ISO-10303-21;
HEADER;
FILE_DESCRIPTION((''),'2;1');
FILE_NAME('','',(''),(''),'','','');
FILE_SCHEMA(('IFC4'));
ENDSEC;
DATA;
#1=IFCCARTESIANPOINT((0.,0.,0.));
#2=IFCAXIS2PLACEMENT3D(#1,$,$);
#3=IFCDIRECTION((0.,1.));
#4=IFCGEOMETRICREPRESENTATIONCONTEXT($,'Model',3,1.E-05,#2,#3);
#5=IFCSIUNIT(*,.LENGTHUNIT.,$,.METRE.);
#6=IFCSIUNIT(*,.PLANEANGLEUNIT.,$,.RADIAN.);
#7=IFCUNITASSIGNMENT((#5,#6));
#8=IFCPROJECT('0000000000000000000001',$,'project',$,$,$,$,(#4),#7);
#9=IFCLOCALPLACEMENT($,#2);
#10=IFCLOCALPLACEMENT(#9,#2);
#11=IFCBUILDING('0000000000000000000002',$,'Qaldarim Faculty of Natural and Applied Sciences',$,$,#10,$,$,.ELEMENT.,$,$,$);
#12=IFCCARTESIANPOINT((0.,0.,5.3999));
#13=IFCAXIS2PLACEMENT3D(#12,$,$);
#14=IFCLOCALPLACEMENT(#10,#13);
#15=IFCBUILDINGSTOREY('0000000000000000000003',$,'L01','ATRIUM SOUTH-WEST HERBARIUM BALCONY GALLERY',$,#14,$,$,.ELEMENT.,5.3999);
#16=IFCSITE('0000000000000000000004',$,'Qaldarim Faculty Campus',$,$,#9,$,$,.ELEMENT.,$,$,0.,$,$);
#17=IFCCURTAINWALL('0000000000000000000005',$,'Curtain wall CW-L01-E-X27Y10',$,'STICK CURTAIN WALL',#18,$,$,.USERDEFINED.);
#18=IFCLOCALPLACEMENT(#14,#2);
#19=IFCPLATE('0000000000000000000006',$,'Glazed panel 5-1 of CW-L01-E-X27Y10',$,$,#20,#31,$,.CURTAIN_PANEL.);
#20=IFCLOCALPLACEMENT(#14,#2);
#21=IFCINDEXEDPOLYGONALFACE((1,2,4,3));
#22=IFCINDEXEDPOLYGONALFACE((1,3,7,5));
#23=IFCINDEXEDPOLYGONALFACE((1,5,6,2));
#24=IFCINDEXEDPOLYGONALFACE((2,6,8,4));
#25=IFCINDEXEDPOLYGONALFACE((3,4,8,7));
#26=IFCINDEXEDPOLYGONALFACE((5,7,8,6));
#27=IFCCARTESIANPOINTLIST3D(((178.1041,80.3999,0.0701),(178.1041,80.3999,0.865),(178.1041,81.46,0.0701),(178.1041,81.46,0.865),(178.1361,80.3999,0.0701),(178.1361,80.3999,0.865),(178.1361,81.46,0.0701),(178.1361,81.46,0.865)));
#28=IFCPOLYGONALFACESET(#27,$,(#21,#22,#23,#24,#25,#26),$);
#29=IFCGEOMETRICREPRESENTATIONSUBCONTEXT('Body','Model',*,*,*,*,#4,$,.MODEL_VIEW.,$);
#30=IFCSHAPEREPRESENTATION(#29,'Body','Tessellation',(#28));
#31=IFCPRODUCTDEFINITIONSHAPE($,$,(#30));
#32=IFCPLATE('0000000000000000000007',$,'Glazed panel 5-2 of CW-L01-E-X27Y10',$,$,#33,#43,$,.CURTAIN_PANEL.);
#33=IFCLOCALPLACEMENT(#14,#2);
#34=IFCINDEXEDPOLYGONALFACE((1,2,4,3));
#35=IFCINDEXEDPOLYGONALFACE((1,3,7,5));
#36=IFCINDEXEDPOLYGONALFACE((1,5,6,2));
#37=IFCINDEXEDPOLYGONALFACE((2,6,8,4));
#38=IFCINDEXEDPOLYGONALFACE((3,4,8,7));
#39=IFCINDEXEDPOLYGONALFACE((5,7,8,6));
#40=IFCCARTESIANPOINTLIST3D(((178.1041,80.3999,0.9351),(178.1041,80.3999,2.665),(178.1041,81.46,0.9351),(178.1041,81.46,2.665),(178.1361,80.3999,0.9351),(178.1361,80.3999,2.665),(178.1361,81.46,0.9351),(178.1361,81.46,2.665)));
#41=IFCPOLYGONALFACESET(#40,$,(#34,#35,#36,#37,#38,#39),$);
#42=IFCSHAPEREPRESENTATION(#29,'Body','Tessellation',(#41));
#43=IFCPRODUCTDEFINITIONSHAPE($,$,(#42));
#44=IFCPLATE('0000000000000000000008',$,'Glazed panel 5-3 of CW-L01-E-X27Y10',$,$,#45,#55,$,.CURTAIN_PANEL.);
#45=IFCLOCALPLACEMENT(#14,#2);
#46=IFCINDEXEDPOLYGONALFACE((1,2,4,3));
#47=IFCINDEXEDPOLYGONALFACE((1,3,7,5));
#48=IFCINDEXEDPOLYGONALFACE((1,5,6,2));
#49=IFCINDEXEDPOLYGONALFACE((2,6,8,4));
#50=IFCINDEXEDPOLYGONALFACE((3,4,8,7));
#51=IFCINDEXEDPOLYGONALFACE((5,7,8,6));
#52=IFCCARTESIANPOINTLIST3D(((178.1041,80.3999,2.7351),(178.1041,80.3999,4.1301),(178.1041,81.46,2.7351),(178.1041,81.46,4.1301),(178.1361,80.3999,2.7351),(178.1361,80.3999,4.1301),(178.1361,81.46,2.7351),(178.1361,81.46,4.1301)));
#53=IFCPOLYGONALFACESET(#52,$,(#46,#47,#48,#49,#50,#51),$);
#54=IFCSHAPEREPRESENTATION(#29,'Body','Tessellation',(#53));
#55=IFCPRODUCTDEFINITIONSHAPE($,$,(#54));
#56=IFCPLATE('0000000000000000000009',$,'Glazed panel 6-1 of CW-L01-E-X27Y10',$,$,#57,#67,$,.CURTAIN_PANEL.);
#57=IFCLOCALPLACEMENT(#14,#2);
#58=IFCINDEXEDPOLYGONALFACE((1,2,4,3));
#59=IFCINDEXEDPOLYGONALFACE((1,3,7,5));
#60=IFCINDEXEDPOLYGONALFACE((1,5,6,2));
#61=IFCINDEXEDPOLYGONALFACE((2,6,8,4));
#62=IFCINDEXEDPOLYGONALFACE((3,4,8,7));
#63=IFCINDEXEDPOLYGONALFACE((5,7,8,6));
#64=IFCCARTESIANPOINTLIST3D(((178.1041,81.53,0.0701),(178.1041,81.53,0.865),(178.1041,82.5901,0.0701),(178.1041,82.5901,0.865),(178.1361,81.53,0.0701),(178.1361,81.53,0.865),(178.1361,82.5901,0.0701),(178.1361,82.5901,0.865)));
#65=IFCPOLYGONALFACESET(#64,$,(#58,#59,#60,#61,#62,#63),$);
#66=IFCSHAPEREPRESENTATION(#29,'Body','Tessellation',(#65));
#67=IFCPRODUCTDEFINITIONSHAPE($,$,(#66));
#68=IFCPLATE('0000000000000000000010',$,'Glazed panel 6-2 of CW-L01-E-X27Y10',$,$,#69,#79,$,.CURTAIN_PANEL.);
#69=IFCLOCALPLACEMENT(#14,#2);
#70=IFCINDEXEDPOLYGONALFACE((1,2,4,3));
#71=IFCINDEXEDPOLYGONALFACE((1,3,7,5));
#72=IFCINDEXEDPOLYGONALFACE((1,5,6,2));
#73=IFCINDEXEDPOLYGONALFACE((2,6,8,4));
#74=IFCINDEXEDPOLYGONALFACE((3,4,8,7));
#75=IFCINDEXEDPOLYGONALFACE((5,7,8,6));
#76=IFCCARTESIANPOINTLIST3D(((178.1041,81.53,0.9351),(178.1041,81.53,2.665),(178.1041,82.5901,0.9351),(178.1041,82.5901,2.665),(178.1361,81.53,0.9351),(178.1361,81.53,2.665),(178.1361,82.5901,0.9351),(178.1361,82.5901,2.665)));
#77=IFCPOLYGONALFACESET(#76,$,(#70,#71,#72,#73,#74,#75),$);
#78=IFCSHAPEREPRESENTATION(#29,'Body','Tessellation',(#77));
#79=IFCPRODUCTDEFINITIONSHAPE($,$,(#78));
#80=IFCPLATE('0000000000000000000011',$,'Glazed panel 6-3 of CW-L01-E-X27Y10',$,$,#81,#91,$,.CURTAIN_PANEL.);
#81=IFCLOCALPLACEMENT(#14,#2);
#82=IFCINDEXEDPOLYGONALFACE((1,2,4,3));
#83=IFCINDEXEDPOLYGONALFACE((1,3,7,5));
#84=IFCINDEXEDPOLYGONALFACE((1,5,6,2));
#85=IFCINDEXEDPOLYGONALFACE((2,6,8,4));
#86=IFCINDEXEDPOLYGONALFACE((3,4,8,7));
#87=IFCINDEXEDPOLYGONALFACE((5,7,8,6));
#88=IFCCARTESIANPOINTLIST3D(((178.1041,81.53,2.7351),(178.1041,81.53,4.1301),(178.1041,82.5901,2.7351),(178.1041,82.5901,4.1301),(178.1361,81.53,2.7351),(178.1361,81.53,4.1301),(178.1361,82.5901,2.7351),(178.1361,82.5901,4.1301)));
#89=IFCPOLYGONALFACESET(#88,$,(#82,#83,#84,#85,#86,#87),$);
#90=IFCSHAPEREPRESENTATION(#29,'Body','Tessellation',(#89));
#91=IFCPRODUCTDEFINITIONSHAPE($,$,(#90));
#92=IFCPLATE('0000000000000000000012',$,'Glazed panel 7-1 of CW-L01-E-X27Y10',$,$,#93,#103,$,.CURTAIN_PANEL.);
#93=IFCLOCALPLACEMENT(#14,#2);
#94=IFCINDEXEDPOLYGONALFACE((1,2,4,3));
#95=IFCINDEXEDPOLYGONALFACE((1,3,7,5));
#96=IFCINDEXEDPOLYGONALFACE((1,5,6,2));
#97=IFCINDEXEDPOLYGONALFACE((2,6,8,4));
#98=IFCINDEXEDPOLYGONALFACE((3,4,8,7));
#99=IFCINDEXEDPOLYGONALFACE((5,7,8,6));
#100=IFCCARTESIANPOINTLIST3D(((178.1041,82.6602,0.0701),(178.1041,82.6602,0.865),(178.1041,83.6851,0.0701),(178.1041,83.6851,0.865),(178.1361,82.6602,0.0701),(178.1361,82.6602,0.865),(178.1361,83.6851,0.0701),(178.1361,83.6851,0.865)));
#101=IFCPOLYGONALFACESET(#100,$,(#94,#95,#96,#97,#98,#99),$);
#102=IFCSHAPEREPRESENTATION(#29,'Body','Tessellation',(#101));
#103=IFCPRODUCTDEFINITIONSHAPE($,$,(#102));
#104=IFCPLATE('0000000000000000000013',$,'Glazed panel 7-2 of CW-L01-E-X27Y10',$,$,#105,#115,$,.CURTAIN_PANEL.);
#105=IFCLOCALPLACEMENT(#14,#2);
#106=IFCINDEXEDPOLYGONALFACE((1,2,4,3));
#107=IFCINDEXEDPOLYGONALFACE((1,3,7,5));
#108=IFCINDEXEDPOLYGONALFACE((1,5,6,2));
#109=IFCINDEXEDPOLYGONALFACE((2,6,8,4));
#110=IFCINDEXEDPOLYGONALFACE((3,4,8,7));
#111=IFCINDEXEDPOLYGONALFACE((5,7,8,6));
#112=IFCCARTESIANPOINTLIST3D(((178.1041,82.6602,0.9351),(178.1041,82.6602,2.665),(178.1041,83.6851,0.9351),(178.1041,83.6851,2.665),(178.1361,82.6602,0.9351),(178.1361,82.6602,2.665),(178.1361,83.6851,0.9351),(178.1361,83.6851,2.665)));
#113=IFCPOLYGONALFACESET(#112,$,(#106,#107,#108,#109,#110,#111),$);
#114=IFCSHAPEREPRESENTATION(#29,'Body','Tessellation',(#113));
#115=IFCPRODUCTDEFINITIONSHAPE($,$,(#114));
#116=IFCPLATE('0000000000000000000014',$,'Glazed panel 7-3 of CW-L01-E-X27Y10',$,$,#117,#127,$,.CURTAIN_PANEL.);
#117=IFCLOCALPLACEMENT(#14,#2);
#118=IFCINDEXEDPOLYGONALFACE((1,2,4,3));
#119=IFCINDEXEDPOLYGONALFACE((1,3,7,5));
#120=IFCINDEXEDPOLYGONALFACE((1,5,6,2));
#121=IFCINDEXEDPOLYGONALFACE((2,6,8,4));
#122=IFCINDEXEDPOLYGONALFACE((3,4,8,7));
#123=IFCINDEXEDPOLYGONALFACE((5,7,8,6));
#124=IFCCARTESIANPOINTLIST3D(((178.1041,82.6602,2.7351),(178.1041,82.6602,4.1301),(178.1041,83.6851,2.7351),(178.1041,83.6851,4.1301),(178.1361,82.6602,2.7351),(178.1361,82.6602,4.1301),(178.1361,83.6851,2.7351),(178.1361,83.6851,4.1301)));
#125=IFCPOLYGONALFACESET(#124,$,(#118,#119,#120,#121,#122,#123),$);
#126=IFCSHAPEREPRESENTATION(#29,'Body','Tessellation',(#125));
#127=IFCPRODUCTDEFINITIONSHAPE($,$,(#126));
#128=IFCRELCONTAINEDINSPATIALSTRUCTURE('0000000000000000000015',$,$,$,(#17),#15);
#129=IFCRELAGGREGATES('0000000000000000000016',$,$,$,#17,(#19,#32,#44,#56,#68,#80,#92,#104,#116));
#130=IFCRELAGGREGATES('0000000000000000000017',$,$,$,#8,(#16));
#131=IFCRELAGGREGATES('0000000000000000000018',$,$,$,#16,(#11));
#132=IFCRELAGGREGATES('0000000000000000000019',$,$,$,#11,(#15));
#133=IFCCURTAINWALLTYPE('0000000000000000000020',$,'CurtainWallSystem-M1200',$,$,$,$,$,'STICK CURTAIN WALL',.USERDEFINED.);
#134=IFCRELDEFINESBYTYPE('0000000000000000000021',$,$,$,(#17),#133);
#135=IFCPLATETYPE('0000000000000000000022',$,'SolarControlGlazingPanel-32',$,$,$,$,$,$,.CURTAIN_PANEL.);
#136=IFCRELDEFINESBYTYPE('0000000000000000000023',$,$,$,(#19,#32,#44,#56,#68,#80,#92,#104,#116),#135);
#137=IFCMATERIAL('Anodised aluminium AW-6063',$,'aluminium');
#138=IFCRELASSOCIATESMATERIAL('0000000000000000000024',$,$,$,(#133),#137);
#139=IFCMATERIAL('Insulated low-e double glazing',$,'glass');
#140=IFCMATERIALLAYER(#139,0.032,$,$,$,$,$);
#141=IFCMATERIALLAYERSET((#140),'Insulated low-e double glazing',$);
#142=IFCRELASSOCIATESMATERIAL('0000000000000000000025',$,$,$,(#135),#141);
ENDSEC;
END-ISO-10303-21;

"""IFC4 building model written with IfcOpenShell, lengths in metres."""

from ifc_helpers import new_model, si_unit, direction, frame, origin, origin_2d, place, context, subcontext, project, spatial, rectangle, extrude, material, layer, layer_set, type_object, element, aggregate, save


model = new_model("IFC4")

# Units and contexts
model_context = context("Model", 3, precision=1e-05, world=origin(), true_north=direction((0.0, 1.0)))
body_context = subcontext(model_context, "Body", "Model", "MODEL_VIEW")
ifc_project = project(units=[si_unit("LENGTHUNIT", "METRE"), si_unit("PLANEANGLEUNIT", "RADIAN")], contexts=[model_context])

# Site, building, storey
site_placement = place(None, origin())
site = spatial("IfcSite", under=ifc_project, at=site_placement, Name="Qaldarim Faculty Campus", CompositionType="ELEMENT", RefElevation=0.0)
building_placement = place(site_placement, origin())
building = spatial("IfcBuilding", under=site, at=building_placement, Name="Qaldarim Faculty of Natural and Applied Sciences", CompositionType="ELEMENT")
storey_placement = place(building_placement, frame((0.0, 0.0, 5.3999)))
storey = spatial("IfcBuildingStorey", under=building, at=storey_placement, Name="L01", Description="ATRIUM SOUTH-WEST HERBARIUM BALCONY GALLERY", CompositionType="ELEMENT", Elevation=5.3999)

# Curtain wall, plates
ifc_material_1 = material(Name="Anodised aluminium AW-6063", Category="aluminium")
curtain_wall_type = type_object("IfcCurtainWallType", Name="CurtainWallSystem-M1200", ElementType="STICK CURTAIN WALL", PredefinedType="USERDEFINED", material=ifc_material_1)
curtain_wall_placement = place(storey_placement, origin())
curtain_wall = element("IfcCurtainWall", 1, at=curtain_wall_placement, inside=storey, type_object=curtain_wall_type, Name="Curtain wall CW-L01-E-X27Y10", ObjectType="STICK CURTAIN WALL", PredefinedType="USERDEFINED")
ifc_material_2 = material(Name="Insulated low-e double glazing", Category="glass")
ifc_layer = layer(ifc_material_2, 0.032)
ifc_layer_set = layer_set([ifc_layer], Name="Insulated low-e double glazing")
plate_type = type_object("IfcPlateType", Name="SolarControlGlazingPanel-32", PredefinedType="CURTAIN_PANEL", material=ifc_layer_set)
plate_1_placement = place(storey_placement, frame((178.1201, 80.9299, 0.0701), z_axis=(0.0, 0.0, 1.0), x_axis=(0.0, 1.0, 0.0)))
plate_1 = element("IfcPlate", 2, at=plate_1_placement, type_object=plate_type, Name="Glazed panel 5-1 of CW-L01-E-X27Y10", PredefinedType="CURTAIN_PANEL", context=body_context, shape_type="SweptSolid", body=[
    extrude(rectangle(XDim=1.0601, YDim=0.032, at=origin_2d()), origin(), (0.0, 0.0, 1.0), 0.7949),
])
plate_2_placement = place(storey_placement, frame((178.1201, 80.9299, 0.9351), z_axis=(0.0, 0.0, 1.0), x_axis=(0.0, 1.0, 0.0)))
plate_2 = element("IfcPlate", 3, at=plate_2_placement, type_object=plate_type, Name="Glazed panel 5-2 of CW-L01-E-X27Y10", PredefinedType="CURTAIN_PANEL", context=body_context, shape_type="SweptSolid", body=[
    extrude(rectangle(XDim=1.0601, YDim=0.032, at=origin_2d()), origin(), (0.0, 0.0, 1.0), 1.73),
])
plate_3_placement = place(storey_placement, frame((178.1201, 80.9299, 2.7351), z_axis=(0.0, 0.0, 1.0), x_axis=(0.0, 1.0, 0.0)))
plate_3 = element("IfcPlate", 4, at=plate_3_placement, type_object=plate_type, Name="Glazed panel 5-3 of CW-L01-E-X27Y10", PredefinedType="CURTAIN_PANEL", context=body_context, shape_type="SweptSolid", body=[
    extrude(rectangle(XDim=1.0601, YDim=0.032, at=origin_2d()), origin(), (0.0, 0.0, 1.0), 1.395),
])
plate_4_placement = place(storey_placement, frame((178.1201, 82.0601, 0.0701), z_axis=(0.0, 0.0, 1.0), x_axis=(0.0, 1.0, 0.0)))
plate_4 = element("IfcPlate", 5, at=plate_4_placement, type_object=plate_type, Name="Glazed panel 6-1 of CW-L01-E-X27Y10", PredefinedType="CURTAIN_PANEL", context=body_context, shape_type="SweptSolid", body=[
    extrude(rectangle(XDim=1.0601, YDim=0.032, at=origin_2d()), origin(), (0.0, 0.0, 1.0), 0.7949),
])
plate_5_placement = place(storey_placement, frame((178.1201, 82.0601, 0.9351), z_axis=(0.0, 0.0, 1.0), x_axis=(0.0, 1.0, 0.0)))
plate_5 = element("IfcPlate", 6, at=plate_5_placement, type_object=plate_type, Name="Glazed panel 6-2 of CW-L01-E-X27Y10", PredefinedType="CURTAIN_PANEL", context=body_context, shape_type="SweptSolid", body=[
    extrude(rectangle(XDim=1.0601, YDim=0.032, at=origin_2d()), origin(), (0.0, 0.0, 1.0), 1.73),
])
plate_6_placement = place(storey_placement, frame((178.1201, 82.0601, 2.7351), z_axis=(0.0, 0.0, 1.0), x_axis=(0.0, 1.0, 0.0)))
plate_6 = element("IfcPlate", 7, at=plate_6_placement, type_object=plate_type, Name="Glazed panel 6-3 of CW-L01-E-X27Y10", PredefinedType="CURTAIN_PANEL", context=body_context, shape_type="SweptSolid", body=[
    extrude(rectangle(XDim=1.0601, YDim=0.032, at=origin_2d()), origin(), (0.0, 0.0, 1.0), 1.395),
])
plate_7_placement = place(storey_placement, frame((178.1201, 83.1726, 0.0701), z_axis=(0.0, 0.0, 1.0), x_axis=(0.0, 1.0, 0.0)))
plate_7 = element("IfcPlate", 8, at=plate_7_placement, type_object=plate_type, Name="Glazed panel 7-1 of CW-L01-E-X27Y10", PredefinedType="CURTAIN_PANEL", context=body_context, shape_type="SweptSolid", body=[
    extrude(rectangle(XDim=1.0249, YDim=0.032, at=origin_2d()), origin(), (0.0, 0.0, 1.0), 0.7949),
])
plate_8_placement = place(storey_placement, frame((178.1201, 83.1726, 0.9351), z_axis=(0.0, 0.0, 1.0), x_axis=(0.0, 1.0, 0.0)))
plate_8 = element("IfcPlate", 9, at=plate_8_placement, type_object=plate_type, Name="Glazed panel 7-2 of CW-L01-E-X27Y10", PredefinedType="CURTAIN_PANEL", context=body_context, shape_type="SweptSolid", body=[
    extrude(rectangle(XDim=1.0249, YDim=0.032, at=origin_2d()), origin(), (0.0, 0.0, 1.0), 1.73),
])
plate_9_placement = place(storey_placement, frame((178.1201, 83.1726, 2.7351), z_axis=(0.0, 0.0, 1.0), x_axis=(0.0, 1.0, 0.0)))
plate_9 = element("IfcPlate", 10, at=plate_9_placement, type_object=plate_type, Name="Glazed panel 7-3 of CW-L01-E-X27Y10", PredefinedType="CURTAIN_PANEL", context=body_context, shape_type="SweptSolid", body=[
    extrude(rectangle(XDim=1.0249, YDim=0.032, at=origin_2d()), origin(), (0.0, 0.0, 1.0), 1.395),
])
aggregate(curtain_wall, [plate_1, plate_2, plate_3, plate_4, plate_5, plate_6, plate_7, plate_8, plate_9])

save(model, "model.ifc")
